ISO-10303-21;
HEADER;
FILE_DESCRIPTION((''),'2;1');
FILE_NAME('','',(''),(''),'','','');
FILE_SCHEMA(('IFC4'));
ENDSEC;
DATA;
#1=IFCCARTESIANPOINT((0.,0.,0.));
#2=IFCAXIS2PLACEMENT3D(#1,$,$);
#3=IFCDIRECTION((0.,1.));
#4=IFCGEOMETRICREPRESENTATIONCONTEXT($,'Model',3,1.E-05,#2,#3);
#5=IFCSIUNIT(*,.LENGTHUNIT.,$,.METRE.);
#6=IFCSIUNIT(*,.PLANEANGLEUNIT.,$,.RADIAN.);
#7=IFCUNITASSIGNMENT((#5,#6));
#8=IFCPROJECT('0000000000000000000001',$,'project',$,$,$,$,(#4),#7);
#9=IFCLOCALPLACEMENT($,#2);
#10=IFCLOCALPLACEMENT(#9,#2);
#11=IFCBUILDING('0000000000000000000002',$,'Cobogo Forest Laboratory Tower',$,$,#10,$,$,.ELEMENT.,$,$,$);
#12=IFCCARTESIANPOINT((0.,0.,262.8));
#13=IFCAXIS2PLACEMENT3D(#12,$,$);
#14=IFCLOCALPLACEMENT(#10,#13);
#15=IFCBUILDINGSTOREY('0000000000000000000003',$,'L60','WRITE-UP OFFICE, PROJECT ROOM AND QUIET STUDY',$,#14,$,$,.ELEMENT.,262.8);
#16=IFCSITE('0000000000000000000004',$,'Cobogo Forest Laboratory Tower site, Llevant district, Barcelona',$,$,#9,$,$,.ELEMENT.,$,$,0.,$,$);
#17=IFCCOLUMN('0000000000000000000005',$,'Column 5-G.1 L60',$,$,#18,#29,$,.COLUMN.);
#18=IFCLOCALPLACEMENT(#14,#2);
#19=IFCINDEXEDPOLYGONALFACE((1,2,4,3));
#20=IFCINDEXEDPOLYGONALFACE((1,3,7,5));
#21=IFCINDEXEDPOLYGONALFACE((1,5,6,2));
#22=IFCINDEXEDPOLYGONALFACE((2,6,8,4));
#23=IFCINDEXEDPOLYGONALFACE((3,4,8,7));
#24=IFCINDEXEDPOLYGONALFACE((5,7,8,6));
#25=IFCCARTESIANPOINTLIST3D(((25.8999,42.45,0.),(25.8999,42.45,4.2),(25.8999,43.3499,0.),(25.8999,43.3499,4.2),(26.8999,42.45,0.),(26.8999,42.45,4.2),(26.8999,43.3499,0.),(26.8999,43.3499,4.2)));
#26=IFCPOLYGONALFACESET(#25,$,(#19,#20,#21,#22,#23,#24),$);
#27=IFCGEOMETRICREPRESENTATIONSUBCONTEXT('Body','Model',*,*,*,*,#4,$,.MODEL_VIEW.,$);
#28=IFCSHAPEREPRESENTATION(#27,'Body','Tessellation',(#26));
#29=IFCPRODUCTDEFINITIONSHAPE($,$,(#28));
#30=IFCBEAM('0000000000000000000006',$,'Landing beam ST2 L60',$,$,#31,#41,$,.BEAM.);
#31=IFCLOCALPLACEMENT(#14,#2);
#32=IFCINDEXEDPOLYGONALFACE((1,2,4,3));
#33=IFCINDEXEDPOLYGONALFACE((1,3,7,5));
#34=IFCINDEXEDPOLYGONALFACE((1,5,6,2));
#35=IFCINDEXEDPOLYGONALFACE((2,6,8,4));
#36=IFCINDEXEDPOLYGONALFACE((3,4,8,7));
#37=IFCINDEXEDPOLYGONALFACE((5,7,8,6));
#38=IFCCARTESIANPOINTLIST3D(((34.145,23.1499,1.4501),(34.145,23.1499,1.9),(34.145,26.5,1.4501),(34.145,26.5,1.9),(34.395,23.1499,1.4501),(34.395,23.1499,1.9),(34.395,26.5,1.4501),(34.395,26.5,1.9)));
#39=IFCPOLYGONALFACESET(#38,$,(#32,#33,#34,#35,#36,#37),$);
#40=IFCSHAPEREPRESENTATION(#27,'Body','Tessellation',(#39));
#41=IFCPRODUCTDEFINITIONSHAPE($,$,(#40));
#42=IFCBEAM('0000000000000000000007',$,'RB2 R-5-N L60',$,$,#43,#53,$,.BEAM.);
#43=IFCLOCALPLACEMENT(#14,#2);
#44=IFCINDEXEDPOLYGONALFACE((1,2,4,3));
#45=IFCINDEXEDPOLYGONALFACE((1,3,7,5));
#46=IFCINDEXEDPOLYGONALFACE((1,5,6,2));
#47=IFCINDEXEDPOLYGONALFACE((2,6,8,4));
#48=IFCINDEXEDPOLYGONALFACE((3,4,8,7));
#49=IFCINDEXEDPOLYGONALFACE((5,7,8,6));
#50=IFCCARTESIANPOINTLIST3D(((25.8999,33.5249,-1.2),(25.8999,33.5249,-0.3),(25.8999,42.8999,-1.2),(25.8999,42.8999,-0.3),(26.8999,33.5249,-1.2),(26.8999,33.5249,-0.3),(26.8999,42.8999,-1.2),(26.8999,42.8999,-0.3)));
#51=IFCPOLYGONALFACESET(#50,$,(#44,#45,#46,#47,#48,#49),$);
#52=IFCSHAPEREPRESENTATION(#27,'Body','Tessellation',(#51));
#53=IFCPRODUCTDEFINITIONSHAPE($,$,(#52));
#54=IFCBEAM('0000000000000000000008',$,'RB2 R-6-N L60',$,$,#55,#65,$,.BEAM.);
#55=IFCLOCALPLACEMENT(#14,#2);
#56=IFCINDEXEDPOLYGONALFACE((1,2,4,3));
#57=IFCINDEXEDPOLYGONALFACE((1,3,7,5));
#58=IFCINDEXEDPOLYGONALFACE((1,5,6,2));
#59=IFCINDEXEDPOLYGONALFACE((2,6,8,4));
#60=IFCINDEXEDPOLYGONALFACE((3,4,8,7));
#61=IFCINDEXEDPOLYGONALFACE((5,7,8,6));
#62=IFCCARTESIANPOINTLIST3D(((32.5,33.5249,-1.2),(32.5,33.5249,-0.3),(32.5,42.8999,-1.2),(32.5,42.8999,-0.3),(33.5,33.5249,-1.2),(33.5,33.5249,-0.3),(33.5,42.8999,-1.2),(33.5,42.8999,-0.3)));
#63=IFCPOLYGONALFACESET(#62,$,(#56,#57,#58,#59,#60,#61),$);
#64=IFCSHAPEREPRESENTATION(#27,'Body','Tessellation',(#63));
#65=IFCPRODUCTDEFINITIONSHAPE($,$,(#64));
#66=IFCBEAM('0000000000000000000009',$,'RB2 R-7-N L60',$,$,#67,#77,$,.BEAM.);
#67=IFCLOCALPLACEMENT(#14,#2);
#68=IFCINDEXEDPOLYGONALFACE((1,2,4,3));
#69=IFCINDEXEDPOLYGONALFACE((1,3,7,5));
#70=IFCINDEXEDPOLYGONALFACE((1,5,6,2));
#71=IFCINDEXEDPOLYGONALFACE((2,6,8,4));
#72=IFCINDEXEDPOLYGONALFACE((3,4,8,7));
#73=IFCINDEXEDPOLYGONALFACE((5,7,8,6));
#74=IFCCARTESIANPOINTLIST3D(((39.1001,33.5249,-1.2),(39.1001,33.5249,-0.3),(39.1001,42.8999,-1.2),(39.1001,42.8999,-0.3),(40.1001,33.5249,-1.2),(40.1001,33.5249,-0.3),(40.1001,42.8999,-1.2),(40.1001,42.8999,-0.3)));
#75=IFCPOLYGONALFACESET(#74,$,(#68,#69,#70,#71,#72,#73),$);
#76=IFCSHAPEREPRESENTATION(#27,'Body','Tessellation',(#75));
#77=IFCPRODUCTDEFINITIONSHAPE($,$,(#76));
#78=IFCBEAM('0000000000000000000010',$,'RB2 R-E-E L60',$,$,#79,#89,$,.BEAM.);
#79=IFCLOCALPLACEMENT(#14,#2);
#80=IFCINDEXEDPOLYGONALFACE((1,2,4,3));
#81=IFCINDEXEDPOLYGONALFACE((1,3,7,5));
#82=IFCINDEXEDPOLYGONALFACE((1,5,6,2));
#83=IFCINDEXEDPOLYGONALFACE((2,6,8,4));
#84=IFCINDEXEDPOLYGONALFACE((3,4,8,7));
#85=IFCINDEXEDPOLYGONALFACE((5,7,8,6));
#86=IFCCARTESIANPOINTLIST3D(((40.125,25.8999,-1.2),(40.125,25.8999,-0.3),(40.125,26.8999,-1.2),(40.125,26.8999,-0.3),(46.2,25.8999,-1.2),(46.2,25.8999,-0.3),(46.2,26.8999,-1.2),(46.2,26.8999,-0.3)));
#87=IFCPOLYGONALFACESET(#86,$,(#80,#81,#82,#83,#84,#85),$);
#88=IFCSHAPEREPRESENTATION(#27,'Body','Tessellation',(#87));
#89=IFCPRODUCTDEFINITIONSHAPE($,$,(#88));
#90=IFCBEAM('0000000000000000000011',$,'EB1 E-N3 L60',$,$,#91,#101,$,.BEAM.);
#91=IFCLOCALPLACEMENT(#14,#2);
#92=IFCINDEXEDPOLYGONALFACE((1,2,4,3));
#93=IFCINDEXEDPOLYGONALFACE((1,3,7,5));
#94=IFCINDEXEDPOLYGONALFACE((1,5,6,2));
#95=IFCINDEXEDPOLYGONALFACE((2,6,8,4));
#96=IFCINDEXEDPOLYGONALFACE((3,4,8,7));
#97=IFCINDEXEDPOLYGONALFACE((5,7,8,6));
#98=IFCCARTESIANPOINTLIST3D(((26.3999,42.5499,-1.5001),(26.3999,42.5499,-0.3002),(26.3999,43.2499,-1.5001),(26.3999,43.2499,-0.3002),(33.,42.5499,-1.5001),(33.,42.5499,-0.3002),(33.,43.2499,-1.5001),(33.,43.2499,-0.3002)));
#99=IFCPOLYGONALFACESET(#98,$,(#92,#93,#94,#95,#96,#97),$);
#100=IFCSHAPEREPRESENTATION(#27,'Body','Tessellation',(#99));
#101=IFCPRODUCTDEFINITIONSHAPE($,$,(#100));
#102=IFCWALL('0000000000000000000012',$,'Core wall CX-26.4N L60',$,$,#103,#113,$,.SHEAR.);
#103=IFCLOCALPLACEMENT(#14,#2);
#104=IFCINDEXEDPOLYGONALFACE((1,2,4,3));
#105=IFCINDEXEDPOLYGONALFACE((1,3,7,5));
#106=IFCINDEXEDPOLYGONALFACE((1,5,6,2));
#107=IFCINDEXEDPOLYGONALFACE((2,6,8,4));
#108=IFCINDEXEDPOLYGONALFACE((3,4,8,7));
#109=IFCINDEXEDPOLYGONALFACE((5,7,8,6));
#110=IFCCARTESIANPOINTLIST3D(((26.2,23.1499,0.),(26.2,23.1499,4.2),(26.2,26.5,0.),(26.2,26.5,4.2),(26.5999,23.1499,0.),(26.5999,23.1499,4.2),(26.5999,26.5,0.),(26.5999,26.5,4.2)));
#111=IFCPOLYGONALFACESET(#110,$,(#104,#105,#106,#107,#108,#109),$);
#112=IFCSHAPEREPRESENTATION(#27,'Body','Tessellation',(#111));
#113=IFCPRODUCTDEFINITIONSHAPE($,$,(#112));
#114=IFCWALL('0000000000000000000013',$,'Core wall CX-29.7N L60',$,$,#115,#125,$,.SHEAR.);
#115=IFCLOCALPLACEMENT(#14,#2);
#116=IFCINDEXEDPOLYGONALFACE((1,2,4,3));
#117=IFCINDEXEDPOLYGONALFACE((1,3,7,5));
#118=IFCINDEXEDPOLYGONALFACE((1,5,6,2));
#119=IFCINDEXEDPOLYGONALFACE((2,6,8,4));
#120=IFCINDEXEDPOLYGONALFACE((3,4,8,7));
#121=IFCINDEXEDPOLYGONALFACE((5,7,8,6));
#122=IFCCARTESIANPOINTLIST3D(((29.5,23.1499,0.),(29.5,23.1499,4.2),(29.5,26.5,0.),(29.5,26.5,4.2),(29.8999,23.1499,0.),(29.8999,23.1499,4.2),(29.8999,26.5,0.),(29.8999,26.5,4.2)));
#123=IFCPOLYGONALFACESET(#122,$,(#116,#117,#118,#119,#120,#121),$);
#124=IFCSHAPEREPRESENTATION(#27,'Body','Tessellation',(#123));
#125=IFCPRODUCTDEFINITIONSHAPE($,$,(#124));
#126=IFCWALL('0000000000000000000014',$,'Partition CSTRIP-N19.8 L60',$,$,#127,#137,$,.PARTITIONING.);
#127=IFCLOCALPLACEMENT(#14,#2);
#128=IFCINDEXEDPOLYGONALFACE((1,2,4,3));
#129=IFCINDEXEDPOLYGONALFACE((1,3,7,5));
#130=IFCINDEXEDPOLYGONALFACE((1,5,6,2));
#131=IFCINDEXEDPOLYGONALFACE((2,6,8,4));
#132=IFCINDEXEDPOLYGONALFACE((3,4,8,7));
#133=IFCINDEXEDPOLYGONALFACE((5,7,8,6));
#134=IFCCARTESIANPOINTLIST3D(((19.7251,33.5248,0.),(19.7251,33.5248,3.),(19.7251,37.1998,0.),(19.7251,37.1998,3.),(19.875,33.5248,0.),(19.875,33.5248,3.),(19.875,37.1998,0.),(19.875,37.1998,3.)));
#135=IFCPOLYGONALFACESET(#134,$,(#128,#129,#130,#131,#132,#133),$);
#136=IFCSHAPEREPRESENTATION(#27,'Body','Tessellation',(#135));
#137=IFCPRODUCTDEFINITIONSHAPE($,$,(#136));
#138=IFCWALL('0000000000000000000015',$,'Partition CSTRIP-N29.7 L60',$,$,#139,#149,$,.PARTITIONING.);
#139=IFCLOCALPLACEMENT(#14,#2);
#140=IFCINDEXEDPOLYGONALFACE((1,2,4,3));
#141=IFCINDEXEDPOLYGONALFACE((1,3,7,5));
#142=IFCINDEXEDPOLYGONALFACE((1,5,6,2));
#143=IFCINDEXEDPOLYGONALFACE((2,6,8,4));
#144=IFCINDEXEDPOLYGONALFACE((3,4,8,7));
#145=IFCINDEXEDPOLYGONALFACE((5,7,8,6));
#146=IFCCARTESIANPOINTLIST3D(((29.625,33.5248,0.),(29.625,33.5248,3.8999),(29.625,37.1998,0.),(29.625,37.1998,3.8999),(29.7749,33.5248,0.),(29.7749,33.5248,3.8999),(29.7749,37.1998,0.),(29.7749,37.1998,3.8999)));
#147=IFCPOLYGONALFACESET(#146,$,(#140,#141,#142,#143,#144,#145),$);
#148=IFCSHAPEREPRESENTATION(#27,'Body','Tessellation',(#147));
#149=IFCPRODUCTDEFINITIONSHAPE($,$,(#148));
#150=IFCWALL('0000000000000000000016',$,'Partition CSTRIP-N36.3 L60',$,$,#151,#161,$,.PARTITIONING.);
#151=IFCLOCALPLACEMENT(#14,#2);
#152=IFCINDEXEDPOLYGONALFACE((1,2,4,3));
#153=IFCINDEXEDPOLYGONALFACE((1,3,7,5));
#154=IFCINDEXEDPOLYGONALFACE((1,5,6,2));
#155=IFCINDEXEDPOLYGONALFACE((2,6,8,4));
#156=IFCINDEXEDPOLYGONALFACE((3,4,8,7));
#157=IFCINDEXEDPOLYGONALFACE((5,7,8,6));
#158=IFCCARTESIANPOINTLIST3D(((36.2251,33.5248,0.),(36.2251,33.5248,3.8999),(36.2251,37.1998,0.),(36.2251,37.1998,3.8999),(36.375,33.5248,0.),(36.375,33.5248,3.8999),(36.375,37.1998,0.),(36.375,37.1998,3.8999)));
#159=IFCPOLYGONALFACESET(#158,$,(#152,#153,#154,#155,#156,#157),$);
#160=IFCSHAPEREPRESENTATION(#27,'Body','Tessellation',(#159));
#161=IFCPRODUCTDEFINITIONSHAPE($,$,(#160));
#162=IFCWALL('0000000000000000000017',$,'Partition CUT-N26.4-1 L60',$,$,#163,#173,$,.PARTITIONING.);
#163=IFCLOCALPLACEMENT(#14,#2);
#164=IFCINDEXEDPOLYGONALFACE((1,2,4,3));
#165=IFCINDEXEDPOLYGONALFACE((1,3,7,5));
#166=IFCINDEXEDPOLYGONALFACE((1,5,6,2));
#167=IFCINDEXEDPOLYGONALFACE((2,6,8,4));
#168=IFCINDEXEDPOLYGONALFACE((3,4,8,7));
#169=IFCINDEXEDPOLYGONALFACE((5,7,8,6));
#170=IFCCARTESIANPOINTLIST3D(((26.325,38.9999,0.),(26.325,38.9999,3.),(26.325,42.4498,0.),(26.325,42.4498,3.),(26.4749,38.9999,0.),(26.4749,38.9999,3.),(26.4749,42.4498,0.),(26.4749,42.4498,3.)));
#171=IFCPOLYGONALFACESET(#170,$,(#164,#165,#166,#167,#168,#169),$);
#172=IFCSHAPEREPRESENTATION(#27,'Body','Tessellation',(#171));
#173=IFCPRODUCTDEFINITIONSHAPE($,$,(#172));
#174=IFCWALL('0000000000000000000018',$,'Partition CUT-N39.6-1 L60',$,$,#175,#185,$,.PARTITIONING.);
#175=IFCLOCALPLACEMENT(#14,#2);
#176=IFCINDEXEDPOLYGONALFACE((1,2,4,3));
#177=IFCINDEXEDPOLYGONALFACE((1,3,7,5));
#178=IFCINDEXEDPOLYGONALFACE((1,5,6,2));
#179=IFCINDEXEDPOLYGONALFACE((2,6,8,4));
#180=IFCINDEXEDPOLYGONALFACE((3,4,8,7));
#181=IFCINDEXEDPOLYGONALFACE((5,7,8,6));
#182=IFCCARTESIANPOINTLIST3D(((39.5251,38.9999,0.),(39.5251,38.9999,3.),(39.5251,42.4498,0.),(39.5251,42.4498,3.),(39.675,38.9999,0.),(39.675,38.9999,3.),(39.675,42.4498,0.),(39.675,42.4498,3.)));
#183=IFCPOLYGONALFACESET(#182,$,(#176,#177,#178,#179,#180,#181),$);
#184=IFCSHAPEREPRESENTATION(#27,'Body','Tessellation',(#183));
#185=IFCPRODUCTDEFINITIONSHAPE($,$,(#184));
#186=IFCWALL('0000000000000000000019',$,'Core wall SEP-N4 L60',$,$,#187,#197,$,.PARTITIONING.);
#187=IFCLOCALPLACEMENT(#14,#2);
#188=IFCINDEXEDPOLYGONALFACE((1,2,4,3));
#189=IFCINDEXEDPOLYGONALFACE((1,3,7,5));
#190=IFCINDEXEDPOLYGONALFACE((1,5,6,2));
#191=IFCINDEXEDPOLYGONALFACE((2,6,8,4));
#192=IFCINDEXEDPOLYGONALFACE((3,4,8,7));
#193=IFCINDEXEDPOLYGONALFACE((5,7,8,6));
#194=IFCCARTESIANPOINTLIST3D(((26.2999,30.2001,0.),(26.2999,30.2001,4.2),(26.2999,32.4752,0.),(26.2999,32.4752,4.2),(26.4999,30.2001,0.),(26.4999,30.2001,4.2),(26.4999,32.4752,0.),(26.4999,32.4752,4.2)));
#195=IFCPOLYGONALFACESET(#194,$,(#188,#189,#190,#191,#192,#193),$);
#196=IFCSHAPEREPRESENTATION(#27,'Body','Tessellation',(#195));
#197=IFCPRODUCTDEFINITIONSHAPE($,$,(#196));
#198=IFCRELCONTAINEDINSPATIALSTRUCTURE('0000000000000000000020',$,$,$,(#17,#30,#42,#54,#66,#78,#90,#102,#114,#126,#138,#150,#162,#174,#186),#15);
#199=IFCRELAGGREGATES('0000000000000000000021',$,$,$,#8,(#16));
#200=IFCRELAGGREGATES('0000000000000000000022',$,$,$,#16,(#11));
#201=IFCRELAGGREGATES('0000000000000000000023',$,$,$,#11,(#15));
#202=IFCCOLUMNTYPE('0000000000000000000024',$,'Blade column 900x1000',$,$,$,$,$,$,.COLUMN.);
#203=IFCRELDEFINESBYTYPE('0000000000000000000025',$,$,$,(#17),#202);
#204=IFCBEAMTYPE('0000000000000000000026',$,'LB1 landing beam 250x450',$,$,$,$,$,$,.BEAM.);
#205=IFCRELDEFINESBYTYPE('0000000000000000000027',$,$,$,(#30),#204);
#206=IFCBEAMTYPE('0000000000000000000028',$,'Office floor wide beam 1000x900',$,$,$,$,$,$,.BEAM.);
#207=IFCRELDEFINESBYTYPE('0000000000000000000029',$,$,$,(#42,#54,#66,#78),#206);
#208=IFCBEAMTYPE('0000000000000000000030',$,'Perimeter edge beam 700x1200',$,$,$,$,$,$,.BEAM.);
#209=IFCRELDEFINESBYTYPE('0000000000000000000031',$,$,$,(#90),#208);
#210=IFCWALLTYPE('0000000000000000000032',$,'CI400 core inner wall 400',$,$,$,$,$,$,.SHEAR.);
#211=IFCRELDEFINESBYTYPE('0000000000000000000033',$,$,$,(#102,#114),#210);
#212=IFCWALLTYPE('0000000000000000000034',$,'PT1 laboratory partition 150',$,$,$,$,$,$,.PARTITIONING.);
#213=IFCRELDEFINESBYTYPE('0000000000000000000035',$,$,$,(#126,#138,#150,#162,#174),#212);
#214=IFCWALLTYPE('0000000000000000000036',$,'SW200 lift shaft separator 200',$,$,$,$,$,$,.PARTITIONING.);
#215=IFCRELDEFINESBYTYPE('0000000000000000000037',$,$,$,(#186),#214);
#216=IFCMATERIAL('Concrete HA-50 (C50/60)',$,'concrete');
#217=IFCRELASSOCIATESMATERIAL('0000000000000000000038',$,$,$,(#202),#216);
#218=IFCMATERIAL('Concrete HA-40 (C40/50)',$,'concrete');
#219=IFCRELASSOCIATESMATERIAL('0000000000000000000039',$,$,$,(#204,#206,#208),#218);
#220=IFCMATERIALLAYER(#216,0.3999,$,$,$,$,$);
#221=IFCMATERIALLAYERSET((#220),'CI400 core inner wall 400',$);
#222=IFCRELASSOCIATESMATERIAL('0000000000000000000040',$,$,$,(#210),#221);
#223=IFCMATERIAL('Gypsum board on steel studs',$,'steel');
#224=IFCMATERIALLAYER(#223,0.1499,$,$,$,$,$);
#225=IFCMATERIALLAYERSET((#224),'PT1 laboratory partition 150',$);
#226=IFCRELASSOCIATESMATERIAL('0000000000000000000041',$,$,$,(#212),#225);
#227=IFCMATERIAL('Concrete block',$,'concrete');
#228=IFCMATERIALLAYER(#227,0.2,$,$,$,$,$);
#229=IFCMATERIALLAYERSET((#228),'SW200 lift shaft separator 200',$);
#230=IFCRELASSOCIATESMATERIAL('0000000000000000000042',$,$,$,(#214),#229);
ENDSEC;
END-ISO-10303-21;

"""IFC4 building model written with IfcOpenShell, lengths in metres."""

from ifc_helpers import new_model, si_unit, direction, frame, frame_2d, origin, origin_2d, place, context, subcontext, project, spatial, rectangle, extrude, material, layer, layer_set, material_profile, profile_set, type_object, element, save


model = new_model("IFC4")

# Units and contexts
model_context = context("Model", 3, precision=1e-05, world=origin(), true_north=direction((0.0, 1.0)))
body_context = subcontext(model_context, "Body", "Model", "MODEL_VIEW")
ifc_project = project(units=[si_unit("LENGTHUNIT", "METRE"), si_unit("PLANEANGLEUNIT", "RADIAN")], contexts=[model_context])

# Site, building, storey
site_placement = place(None, origin())
site = spatial("IfcSite", under=ifc_project, at=site_placement, Name="Cobogo Forest Laboratory Tower site, Llevant district, Barcelona", CompositionType="ELEMENT", RefElevation=0.0)
building_placement = place(site_placement, origin())
building = spatial("IfcBuilding", under=site, at=building_placement, Name="Cobogo Forest Laboratory Tower", CompositionType="ELEMENT")
storey_placement = place(building_placement, frame((0.0, 0.0, 262.8)))
storey = spatial("IfcBuildingStorey", under=building, at=storey_placement, Name="L60", Description="WRITE-UP OFFICE, PROJECT ROOM AND QUIET STUDY", CompositionType="ELEMENT", Elevation=262.8)

# Column
ifc_material_1 = material(Name="Concrete HA-50 (C50/60)", Category="concrete")
ifc_material_profile_1 = material_profile(ifc_material_1, rectangle(XDim=1.0, YDim=0.8999, at=origin_2d()), Name="RC 900x1000")
ifc_profile_set_1 = profile_set([ifc_material_profile_1], Name="Concrete HA-50 (C50/60)")
column_type = type_object("IfcColumnType", Name="Blade column 900x1000", PredefinedType="COLUMN", material=ifc_profile_set_1)
column_placement = place(storey_placement, frame((26.3999, 42.8999, 0.0), z_axis=(0.0, 0.0, 1.0), x_axis=(1.0, 0.0, 0.0)))
element("IfcColumn", 1, at=column_placement, inside=storey, type_object=column_type, Name="Column 5-G.1 L60", PredefinedType="COLUMN", context=body_context, shape_type="SweptSolid", body=[
    extrude(rectangle(XDim=1.0, YDim=0.8999, at=origin_2d()), origin(), (0.0, 0.0, 1.0), 4.2),
])

# Beams
ifc_material_2 = material(Name="Concrete HA-40 (C40/50)", Category="concrete")
ifc_material_profile_2 = material_profile(ifc_material_2, rectangle(XDim=0.25, YDim=0.45, at=origin_2d()), Name="RC 250x450")
ifc_profile_set_2 = profile_set([ifc_material_profile_2], Name="Concrete HA-40 (C40/50)")
beam_type_1 = type_object("IfcBeamType", Name="LB1 landing beam 250x450", PredefinedType="BEAM", material=ifc_profile_set_2)
beam_1_placement = place(storey_placement, frame((34.27, 23.1499, 1.675), z_axis=(0.0, 1.0, 0.0), x_axis=(-1.0, 0.0, 0.0)))
element("IfcBeam", 2, at=beam_1_placement, inside=storey, type_object=beam_type_1, Name="Landing beam ST2 L60", PredefinedType="BEAM", context=body_context, shape_type="SweptSolid", body=[
    extrude(rectangle(XDim=0.25, YDim=0.45, at=origin_2d()), origin(), (0.0, 0.0, 1.0), 3.3501),
])
ifc_material_profile_3 = material_profile(ifc_material_2, rectangle(XDim=1.0, YDim=0.8999, at=origin_2d()), Name="RC 1000x900")
ifc_profile_set_3 = profile_set([ifc_material_profile_3], Name="Concrete HA-40 (C40/50)")
beam_type_2 = type_object("IfcBeamType", Name="Office floor wide beam 1000x900", PredefinedType="BEAM", material=ifc_profile_set_3)
for number, where, z_axis, x_axis, name in (
    (3, (26.3999, 33.5249, -0.75), (0.0, 1.0, 0.0), (-1.0, 0.0, 0.0), "RB2 R-5-N L60"),
    (4, (33.0, 33.5249, -0.75), (0.0, 1.0, 0.0), (-1.0, 0.0, 0.0), "RB2 R-6-N L60"),
    (5, (39.6001, 33.5249, -0.75), (0.0, 1.0, 0.0), (-1.0, 0.0, 0.0), "RB2 R-7-N L60"),
):
    element("IfcBeam", number, at=place(storey_placement, frame(where, z_axis=z_axis, x_axis=x_axis)), inside=storey, type_object=beam_type_2, Name=name, PredefinedType="BEAM", context=body_context, shape_type="SweptSolid", body=[
        extrude(rectangle(XDim=1.0, YDim=0.8999, at=origin_2d()), origin(), (0.0, 0.0, 1.0), 9.375),
    ])
beam_2_placement = place(storey_placement, frame((40.125, 26.3999, -0.75), z_axis=(1.0, 0.0, 0.0), x_axis=(0.0, 1.0, 0.0)))
element("IfcBeam", 6, at=beam_2_placement, inside=storey, type_object=beam_type_2, Name="RB2 R-E-E L60", PredefinedType="BEAM", context=body_context, shape_type="SweptSolid", body=[
    extrude(rectangle(XDim=1.0, YDim=0.8999, at=origin_2d()), origin(), (0.0, 0.0, 1.0), 6.075),
])
ifc_material_profile_4 = material_profile(ifc_material_2, rectangle(XDim=0.7, YDim=1.2, at=origin_2d()), Name="RC 700x1200")
ifc_profile_set_4 = profile_set([ifc_material_profile_4], Name="Concrete HA-40 (C40/50)")
beam_type_3 = type_object("IfcBeamType", Name="Perimeter edge beam 700x1200", PredefinedType="BEAM", material=ifc_profile_set_4)
beam_3_placement = place(storey_placement, frame((26.3999, 42.8999, -0.9001), z_axis=(1.0, 0.0, 0.0), x_axis=(0.0, 1.0, 0.0)))
element("IfcBeam", 7, at=beam_3_placement, inside=storey, type_object=beam_type_3, Name="EB1 E-N3 L60", PredefinedType="BEAM", context=body_context, shape_type="SweptSolid", body=[
    extrude(rectangle(XDim=0.7, YDim=1.2, at=origin_2d()), origin(), (0.0, 0.0, 1.0), 6.6001),
])

# Walls
ifc_layer_1 = layer(ifc_material_1, 0.3999)
ifc_layer_set_1 = layer_set([ifc_layer_1], Name="CI400 core inner wall 400")
wall_type_1 = type_object("IfcWallType", Name="CI400 core inner wall 400", PredefinedType="SHEAR", material=ifc_layer_set_1)
for number, where, z_axis, x_axis, name in (
    (8, (26.3999, 23.1499, 0.0), (0.0, 0.0, 1.0), (0.0, 1.0, 0.0), "Core wall CX-26.4N L60"),
    (9, (29.7, 23.1499, 0.0), (0.0, 0.0, 1.0), (0.0, 1.0, 0.0), "Core wall CX-29.7N L60"),
):
    element("IfcWall", number, at=place(storey_placement, frame(where, z_axis=z_axis, x_axis=x_axis)), inside=storey, type_object=wall_type_1, Name=name, PredefinedType="SHEAR", context=body_context, shape_type="SweptSolid", body=[
        extrude(rectangle(XDim=3.3501, YDim=0.3999, at=frame_2d((1.675, 0.0))), origin(), (0.0, 0.0, 1.0), 4.2),
    ])
ifc_material_3 = material(Name="Gypsum board on steel studs", Category="steel")
ifc_layer_2 = layer(ifc_material_3, 0.1499)
ifc_layer_set_2 = layer_set([ifc_layer_2], Name="PT1 laboratory partition 150")
wall_type_2 = type_object("IfcWallType", Name="PT1 laboratory partition 150", PredefinedType="PARTITIONING", material=ifc_layer_set_2)
wall_placement = place(storey_placement, frame((19.8, 33.5249, 0.0), z_axis=(0.0, 0.0, 1.0), x_axis=(0.0, 1.0, 0.0)))
element("IfcWall", 10, at=wall_placement, inside=storey, type_object=wall_type_2, Name="Partition CSTRIP-N19.8 L60", PredefinedType="PARTITIONING", context=body_context, shape_type="SweptSolid", body=[
    extrude(rectangle(XDim=3.675, YDim=0.1499, at=frame_2d((1.8374, 0.0))), origin(), (0.0, 0.0, 1.0), 3.0),
])
for number, where, z_axis, x_axis, name in (
    (11, (29.7, 33.5249, 0.0), (0.0, 0.0, 1.0), (0.0, 1.0, 0.0), "Partition CSTRIP-N29.7 L60"),
    (12, (36.3, 33.5249, 0.0), (0.0, 0.0, 1.0), (0.0, 1.0, 0.0), "Partition CSTRIP-N36.3 L60"),
):
    element("IfcWall", number, at=place(storey_placement, frame(where, z_axis=z_axis, x_axis=x_axis)), inside=storey, type_object=wall_type_2, Name=name, PredefinedType="PARTITIONING", context=body_context, shape_type="SweptSolid", body=[
        extrude(rectangle(XDim=3.675, YDim=0.1499, at=frame_2d((1.8374, 0.0))), origin(), (0.0, 0.0, 1.0), 3.8999),
    ])
for number, where, z_axis, x_axis, name in (
    (13, (26.3999, 42.45, 0.0), (0.0, 0.0, 1.0), (0.0, -1.0, 0.0), "Partition CUT-N26.4-1 L60"),
    (14, (39.6001, 42.45, 0.0), (0.0, 0.0, 1.0), (0.0, -1.0, 0.0), "Partition CUT-N39.6-1 L60"),
):
    element("IfcWall", number, at=place(storey_placement, frame(where, z_axis=z_axis, x_axis=x_axis)), inside=storey, type_object=wall_type_2, Name=name, PredefinedType="PARTITIONING", context=body_context, shape_type="SweptSolid", body=[
        extrude(rectangle(XDim=3.45, YDim=0.1499, at=frame_2d((1.7251, 0.0))), origin(), (0.0, 0.0, 1.0), 3.0),
    ])
ifc_material_4 = material(Name="Concrete block", Category="concrete")
ifc_layer_3 = layer(ifc_material_4, 0.2)
ifc_layer_set_3 = layer_set([ifc_layer_3], Name="SW200 lift shaft separator 200")
wall_type_3 = type_object("IfcWallType", Name="SW200 lift shaft separator 200", PredefinedType="PARTITIONING", material=ifc_layer_set_3)
for number, where, z_axis, x_axis, name in (
    (15, (26.3999, 30.2, 0.0), (0.0, 0.0, 1.0), (0.0, 1.0, 0.0), "Core wall SEP-N4 L60"),
):
    element("IfcWall", number, at=place(storey_placement, frame(where, z_axis=z_axis, x_axis=x_axis)), inside=storey, type_object=wall_type_3, Name=name, PredefinedType="PARTITIONING", context=body_context, shape_type="SweptSolid", body=[
        extrude(rectangle(XDim=2.2751, YDim=0.2, at=frame_2d((1.1377, 0.0))), origin(), (0.0, 0.0, 1.0), 4.2),
    ])

save(model, "model.ifc")
